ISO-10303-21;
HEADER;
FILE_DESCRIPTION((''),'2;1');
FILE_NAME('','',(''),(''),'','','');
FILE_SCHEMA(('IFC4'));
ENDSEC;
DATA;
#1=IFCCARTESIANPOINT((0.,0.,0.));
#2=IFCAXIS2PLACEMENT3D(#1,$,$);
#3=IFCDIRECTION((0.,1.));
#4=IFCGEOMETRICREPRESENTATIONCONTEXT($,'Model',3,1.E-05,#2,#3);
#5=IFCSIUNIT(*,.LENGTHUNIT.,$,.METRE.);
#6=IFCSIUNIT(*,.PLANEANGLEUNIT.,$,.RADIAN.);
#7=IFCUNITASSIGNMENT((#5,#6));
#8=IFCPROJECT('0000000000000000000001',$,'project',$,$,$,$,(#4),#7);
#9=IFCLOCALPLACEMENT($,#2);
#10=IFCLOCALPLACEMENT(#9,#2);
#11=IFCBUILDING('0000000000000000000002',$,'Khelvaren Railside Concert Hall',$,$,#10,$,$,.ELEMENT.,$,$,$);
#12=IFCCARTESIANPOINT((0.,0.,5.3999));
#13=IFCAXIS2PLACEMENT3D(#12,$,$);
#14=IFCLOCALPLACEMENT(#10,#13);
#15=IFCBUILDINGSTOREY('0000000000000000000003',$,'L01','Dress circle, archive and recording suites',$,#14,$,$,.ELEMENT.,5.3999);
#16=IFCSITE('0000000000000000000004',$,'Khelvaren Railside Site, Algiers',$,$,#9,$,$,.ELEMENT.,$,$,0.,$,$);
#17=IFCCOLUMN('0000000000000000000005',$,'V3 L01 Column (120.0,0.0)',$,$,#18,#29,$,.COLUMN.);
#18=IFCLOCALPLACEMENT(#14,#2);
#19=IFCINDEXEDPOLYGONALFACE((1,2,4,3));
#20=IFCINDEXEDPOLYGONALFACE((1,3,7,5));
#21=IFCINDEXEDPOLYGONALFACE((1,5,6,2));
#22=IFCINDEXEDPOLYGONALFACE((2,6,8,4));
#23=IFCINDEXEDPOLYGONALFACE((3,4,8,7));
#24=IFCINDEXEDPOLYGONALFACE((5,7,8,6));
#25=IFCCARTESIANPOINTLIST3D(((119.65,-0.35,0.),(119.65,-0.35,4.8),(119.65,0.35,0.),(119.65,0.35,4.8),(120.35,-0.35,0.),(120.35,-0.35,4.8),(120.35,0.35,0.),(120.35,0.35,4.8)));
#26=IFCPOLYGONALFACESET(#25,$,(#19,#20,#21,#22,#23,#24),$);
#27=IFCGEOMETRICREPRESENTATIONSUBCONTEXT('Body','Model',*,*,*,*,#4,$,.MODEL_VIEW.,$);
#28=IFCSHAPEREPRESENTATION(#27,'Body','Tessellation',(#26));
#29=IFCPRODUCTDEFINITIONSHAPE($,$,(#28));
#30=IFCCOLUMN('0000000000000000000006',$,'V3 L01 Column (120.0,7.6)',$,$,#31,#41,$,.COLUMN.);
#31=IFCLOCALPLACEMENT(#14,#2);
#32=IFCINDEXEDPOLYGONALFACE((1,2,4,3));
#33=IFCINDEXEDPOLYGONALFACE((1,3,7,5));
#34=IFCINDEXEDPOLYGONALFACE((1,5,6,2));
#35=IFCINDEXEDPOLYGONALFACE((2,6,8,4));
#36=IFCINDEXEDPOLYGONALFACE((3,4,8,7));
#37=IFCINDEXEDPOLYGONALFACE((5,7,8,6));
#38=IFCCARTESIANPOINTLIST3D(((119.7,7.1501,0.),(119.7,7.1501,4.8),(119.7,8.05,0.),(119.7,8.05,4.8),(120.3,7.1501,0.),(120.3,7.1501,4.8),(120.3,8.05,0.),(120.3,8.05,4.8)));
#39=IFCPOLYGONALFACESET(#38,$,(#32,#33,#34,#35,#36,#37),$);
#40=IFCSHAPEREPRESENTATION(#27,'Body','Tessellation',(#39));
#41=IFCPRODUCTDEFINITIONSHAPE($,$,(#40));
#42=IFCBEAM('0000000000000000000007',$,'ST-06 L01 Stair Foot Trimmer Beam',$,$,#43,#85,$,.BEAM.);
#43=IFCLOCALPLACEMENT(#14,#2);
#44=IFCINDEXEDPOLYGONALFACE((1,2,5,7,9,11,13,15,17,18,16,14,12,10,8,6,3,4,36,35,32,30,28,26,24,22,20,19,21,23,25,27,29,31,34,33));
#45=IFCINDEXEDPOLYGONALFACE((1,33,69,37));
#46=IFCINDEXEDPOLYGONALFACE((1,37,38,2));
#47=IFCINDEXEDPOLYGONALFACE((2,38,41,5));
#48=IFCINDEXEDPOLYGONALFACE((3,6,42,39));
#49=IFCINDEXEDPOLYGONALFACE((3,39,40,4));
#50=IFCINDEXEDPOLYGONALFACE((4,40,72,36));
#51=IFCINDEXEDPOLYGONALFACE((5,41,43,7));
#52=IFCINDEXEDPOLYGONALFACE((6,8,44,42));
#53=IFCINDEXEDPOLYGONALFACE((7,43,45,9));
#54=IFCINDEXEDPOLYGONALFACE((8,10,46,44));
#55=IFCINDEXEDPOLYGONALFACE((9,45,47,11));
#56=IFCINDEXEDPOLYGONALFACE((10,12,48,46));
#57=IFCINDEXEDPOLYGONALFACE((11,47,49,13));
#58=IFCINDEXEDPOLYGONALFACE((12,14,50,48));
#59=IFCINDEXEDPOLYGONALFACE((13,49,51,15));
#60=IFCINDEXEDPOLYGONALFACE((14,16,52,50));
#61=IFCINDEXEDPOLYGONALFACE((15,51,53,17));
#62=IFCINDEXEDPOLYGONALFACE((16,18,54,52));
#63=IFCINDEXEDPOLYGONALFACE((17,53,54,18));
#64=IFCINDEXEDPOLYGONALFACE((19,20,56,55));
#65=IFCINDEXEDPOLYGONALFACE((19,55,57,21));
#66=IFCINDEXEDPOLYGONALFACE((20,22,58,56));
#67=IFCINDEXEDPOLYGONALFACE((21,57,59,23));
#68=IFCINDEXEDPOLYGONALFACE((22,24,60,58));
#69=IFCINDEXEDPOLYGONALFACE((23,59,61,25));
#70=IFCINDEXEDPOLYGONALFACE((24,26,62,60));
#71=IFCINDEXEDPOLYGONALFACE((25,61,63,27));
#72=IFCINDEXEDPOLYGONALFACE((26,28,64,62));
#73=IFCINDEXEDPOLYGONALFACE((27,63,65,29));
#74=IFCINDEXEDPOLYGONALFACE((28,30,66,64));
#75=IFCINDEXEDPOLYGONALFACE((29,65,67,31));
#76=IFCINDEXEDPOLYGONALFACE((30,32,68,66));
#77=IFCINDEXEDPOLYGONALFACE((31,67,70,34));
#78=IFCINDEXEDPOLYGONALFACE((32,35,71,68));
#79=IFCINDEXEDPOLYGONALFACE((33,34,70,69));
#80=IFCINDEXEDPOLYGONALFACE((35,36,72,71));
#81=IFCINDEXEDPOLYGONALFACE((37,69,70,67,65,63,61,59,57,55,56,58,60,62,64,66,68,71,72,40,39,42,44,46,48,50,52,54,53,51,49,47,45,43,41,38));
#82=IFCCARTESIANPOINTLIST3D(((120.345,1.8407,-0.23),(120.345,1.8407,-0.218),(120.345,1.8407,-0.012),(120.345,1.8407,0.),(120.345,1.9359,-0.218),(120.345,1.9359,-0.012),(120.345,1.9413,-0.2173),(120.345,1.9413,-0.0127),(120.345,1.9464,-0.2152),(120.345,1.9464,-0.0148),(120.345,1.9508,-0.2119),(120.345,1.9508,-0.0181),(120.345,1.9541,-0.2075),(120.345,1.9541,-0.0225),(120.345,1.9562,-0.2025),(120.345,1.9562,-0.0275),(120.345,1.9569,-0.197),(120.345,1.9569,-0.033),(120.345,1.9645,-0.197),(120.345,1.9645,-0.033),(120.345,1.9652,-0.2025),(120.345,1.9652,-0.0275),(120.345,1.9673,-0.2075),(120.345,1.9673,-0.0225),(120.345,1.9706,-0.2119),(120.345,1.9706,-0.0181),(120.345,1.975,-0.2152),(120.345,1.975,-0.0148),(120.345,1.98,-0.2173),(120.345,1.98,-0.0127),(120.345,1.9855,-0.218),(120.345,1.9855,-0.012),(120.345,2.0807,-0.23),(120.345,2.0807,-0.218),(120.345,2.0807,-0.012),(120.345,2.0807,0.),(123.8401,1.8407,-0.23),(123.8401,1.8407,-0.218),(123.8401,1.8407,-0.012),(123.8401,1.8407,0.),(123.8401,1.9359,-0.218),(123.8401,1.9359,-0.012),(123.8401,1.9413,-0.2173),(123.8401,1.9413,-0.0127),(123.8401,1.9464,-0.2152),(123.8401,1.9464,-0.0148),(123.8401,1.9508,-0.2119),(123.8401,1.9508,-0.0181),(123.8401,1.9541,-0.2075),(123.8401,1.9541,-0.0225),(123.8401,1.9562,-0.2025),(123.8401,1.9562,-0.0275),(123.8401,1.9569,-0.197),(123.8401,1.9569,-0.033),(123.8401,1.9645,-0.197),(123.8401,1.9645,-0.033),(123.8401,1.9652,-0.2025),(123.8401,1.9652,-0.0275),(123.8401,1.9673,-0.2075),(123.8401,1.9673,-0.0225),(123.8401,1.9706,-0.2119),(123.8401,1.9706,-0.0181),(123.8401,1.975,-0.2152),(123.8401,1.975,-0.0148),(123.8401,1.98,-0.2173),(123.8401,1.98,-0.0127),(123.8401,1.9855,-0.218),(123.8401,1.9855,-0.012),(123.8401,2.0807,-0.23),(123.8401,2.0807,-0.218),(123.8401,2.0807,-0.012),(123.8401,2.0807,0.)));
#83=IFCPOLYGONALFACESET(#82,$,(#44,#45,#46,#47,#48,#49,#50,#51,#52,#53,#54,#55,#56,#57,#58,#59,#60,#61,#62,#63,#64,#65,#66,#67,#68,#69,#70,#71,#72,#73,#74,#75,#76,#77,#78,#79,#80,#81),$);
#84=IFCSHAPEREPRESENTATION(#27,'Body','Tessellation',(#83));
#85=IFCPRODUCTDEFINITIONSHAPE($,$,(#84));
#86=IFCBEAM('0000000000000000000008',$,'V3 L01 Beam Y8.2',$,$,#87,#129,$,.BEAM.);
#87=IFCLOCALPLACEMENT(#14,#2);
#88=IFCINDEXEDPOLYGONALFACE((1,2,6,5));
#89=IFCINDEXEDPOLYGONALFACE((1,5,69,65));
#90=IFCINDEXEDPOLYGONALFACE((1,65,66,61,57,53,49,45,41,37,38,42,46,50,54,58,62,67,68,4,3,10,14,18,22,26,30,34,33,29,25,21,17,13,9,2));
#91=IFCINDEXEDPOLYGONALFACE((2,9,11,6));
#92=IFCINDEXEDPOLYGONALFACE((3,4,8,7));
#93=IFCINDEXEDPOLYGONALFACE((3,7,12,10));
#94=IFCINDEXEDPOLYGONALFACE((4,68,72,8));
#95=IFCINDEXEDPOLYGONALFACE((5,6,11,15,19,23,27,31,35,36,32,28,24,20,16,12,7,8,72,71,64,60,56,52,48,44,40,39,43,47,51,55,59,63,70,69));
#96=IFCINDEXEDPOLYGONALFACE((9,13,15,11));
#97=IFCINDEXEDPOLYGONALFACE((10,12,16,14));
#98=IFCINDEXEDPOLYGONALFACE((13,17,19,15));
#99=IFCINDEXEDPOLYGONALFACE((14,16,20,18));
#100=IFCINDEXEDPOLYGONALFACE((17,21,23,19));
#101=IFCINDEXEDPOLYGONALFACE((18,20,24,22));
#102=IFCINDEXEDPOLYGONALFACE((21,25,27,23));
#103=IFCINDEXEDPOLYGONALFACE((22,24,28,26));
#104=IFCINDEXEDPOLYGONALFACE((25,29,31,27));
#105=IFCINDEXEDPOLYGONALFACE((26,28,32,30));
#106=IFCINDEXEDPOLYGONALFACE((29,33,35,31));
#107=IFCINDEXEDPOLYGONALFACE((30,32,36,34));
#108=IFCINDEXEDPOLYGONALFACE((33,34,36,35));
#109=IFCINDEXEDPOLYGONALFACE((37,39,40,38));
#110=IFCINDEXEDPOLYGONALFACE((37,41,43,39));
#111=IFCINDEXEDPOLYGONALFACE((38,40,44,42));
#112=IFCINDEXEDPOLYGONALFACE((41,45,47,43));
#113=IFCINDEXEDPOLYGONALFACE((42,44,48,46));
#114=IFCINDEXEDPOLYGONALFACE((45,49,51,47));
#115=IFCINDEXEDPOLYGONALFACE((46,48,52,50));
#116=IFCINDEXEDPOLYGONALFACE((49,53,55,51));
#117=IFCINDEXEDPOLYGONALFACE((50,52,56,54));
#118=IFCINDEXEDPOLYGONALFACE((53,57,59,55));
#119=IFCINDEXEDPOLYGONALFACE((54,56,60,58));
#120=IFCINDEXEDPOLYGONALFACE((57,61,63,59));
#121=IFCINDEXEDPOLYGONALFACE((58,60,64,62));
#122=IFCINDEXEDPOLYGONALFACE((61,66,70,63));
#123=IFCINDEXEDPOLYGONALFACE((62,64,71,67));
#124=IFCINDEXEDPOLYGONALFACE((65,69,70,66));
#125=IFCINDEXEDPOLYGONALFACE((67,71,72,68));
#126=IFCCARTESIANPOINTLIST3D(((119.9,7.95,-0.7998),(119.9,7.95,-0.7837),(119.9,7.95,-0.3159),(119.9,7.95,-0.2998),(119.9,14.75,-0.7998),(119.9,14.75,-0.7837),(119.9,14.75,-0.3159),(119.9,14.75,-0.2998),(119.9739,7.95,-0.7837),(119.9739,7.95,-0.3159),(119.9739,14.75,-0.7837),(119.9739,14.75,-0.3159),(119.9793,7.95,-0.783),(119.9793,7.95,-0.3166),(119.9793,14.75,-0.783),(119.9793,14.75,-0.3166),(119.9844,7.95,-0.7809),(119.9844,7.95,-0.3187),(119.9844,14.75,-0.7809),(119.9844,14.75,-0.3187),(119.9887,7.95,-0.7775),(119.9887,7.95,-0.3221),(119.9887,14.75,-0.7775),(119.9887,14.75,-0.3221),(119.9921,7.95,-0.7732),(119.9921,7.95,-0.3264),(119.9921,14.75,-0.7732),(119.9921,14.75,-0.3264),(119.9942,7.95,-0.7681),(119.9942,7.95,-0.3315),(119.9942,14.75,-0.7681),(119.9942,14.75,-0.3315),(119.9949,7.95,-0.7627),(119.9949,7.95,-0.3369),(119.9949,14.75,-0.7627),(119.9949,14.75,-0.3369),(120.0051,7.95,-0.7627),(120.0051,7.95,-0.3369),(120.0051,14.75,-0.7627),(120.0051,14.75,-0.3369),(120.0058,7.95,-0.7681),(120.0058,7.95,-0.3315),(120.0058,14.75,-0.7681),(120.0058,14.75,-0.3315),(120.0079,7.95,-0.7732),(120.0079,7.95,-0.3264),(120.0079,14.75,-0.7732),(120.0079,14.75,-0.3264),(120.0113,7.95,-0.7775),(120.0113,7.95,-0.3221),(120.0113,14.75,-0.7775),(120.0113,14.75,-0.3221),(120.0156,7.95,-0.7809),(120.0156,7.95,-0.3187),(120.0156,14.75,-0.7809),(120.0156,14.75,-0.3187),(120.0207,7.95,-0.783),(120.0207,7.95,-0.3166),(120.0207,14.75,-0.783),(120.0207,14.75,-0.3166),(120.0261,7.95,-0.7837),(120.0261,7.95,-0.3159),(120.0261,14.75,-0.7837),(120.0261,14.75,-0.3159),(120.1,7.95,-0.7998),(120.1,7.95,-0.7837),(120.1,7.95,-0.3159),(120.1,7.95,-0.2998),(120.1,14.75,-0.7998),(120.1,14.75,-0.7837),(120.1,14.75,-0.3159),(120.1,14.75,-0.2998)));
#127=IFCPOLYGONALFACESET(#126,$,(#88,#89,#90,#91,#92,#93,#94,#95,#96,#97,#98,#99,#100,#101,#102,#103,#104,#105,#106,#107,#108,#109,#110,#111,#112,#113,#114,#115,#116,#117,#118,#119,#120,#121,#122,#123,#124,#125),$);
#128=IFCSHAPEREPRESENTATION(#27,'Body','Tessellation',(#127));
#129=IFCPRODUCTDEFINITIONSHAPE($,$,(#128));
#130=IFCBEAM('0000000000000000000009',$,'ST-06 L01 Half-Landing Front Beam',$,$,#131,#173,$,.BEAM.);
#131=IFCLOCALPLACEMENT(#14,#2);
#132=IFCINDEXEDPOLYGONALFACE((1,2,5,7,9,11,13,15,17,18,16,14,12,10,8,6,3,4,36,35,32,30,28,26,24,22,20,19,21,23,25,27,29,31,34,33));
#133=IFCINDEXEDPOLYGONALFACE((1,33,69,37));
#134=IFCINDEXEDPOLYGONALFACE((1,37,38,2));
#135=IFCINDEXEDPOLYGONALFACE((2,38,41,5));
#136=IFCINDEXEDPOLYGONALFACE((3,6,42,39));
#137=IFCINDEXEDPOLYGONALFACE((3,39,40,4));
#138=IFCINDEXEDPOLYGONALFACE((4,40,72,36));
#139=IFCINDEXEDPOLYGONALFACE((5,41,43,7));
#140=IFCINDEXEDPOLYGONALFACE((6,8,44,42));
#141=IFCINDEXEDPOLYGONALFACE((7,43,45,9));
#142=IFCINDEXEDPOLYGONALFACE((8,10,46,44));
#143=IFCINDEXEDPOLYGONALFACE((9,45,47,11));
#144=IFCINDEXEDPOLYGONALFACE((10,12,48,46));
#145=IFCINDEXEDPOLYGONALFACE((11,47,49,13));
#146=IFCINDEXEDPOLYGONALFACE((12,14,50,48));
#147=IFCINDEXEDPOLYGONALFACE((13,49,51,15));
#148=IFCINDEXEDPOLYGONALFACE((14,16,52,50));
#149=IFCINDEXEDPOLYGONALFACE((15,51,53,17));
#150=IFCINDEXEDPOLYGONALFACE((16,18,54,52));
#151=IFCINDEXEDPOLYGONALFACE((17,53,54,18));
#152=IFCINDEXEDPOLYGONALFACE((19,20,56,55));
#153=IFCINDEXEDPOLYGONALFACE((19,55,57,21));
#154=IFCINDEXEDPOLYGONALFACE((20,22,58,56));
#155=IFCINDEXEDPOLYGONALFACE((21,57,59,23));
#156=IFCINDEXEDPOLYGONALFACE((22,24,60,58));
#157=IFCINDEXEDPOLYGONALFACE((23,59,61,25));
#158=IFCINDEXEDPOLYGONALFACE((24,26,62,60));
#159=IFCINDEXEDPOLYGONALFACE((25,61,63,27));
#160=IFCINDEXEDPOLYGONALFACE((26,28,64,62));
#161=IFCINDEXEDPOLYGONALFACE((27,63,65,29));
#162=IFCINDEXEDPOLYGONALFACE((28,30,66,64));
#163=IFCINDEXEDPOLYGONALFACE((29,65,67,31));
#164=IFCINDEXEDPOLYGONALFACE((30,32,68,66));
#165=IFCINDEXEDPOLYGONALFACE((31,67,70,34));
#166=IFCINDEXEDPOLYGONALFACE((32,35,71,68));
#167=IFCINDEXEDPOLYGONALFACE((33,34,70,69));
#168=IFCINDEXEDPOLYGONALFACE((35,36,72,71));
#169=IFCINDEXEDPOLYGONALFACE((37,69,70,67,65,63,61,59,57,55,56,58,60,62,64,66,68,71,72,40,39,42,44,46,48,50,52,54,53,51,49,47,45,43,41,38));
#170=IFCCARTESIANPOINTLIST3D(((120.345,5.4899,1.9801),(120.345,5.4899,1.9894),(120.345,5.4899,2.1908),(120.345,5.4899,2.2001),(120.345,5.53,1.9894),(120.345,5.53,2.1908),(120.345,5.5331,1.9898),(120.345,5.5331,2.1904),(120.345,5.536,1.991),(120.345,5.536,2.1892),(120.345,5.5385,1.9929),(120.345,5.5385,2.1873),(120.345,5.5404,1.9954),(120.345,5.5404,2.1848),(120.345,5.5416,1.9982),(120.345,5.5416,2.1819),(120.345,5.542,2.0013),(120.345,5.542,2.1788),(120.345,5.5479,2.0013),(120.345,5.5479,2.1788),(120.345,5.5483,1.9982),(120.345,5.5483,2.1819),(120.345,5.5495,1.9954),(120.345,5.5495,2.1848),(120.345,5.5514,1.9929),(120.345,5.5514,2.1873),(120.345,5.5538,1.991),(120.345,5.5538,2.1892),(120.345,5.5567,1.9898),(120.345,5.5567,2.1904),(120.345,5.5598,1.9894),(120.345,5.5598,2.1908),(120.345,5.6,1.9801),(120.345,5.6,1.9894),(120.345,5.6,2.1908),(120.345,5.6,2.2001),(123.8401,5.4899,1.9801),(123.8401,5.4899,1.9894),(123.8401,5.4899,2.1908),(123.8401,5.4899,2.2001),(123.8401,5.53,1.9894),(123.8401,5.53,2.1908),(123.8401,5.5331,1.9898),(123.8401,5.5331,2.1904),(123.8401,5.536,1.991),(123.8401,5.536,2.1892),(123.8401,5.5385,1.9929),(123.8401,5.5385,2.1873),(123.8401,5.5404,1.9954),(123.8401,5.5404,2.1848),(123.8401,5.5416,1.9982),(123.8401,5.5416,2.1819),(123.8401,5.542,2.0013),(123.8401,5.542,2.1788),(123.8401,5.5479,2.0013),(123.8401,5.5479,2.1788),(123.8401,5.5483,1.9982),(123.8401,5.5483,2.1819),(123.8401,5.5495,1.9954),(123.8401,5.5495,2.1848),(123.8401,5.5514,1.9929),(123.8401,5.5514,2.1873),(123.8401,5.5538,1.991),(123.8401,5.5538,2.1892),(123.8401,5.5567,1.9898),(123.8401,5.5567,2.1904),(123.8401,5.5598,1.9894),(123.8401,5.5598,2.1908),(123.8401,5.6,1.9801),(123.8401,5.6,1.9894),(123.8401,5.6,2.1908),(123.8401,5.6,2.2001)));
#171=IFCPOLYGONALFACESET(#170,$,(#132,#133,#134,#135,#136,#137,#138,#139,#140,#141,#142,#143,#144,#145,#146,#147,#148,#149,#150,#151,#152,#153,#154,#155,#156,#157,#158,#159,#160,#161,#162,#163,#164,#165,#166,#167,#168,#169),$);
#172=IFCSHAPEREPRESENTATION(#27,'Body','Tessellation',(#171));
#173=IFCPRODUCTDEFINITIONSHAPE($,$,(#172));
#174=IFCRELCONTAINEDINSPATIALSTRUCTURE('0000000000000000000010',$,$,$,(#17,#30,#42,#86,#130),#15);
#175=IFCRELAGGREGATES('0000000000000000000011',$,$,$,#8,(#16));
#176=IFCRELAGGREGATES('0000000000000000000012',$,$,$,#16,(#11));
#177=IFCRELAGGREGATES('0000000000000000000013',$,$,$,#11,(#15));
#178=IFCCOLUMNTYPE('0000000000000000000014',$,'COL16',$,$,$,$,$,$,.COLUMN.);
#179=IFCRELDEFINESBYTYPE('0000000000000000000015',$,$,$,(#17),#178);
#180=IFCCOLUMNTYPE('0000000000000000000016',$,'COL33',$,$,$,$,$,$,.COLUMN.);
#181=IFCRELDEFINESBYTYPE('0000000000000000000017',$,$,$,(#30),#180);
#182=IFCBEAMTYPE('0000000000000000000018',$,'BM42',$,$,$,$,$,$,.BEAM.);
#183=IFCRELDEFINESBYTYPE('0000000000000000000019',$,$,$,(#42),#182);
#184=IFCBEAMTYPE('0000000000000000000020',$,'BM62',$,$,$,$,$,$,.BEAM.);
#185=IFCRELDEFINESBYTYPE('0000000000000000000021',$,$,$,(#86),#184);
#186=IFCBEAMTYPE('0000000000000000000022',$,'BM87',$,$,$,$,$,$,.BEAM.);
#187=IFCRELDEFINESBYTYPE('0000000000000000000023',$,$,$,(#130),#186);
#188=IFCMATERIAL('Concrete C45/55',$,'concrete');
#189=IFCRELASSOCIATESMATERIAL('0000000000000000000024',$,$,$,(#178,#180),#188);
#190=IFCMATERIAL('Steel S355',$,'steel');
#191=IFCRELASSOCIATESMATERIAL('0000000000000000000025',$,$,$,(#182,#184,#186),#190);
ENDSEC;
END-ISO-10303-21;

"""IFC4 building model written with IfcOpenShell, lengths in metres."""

from ifc_helpers import new_model, si_unit, direction, frame, origin, origin_2d, place, context, subcontext, project, spatial, rectangle, i_section, extrude, material, material_profile, profile_set, type_object, element, save


model = new_model("IFC4")

# Units and contexts
model_context = context("Model", 3, precision=1e-05, world=origin(), true_north=direction((0.0, 1.0)))
body_context = subcontext(model_context, "Body", "Model", "MODEL_VIEW")
ifc_project = project(units=[si_unit("LENGTHUNIT", "METRE"), si_unit("PLANEANGLEUNIT", "RADIAN")], contexts=[model_context])

# Site, building, storey
site_placement = place(None, origin())
site = spatial("IfcSite", under=ifc_project, at=site_placement, Name="Khelvaren Railside Site, Algiers", CompositionType="ELEMENT", RefElevation=0.0)
building_placement = place(site_placement, origin())
building = spatial("IfcBuilding", under=site, at=building_placement, Name="Khelvaren Railside Concert Hall", CompositionType="ELEMENT")
storey_placement = place(building_placement, frame((0.0, 0.0, 5.3999)))
storey = spatial("IfcBuildingStorey", under=building, at=storey_placement, Name="L01", Description="Dress circle, archive and recording suites", CompositionType="ELEMENT", Elevation=5.3999)

# Columns
ifc_material_1 = material(Name="Concrete C45/55", Category="concrete")
ifc_material_profile_1 = material_profile(ifc_material_1, rectangle(XDim=0.7, YDim=0.7, at=origin_2d()), Name="RC 700x700")
ifc_profile_set_1 = profile_set([ifc_material_profile_1], Name="Concrete C45/55")
column_type_1 = type_object("IfcColumnType", Name="COL16", PredefinedType="COLUMN", material=ifc_profile_set_1)
column_1_placement = place(storey_placement, frame((120.0, 0.0, 0.0), z_axis=(0.0, 0.0, 1.0), x_axis=(1.0, 0.0, 0.0)))
element("IfcColumn", 1, at=column_1_placement, inside=storey, type_object=column_type_1, Name="V3 L01 Column (120.0,0.0)", PredefinedType="COLUMN", context=body_context, shape_type="SweptSolid", body=[
    extrude(rectangle(XDim=0.7, YDim=0.7, at=origin_2d()), origin(), (0.0, 0.0, 1.0), 4.8),
])
ifc_material_profile_2 = material_profile(ifc_material_1, rectangle(XDim=0.6001, YDim=0.8999, at=origin_2d()), Name="RC 600x900")
ifc_profile_set_2 = profile_set([ifc_material_profile_2], Name="Concrete C45/55")
column_type_2 = type_object("IfcColumnType", Name="COL33", PredefinedType="COLUMN", material=ifc_profile_set_2)
column_2_placement = place(storey_placement, frame((120.0, 7.6001, 0.0), z_axis=(0.0, 0.0, 1.0), x_axis=(1.0, 0.0, 0.0)))
element("IfcColumn", 2, at=column_2_placement, inside=storey, type_object=column_type_2, Name="V3 L01 Column (120.0,7.6)", PredefinedType="COLUMN", context=body_context, shape_type="SweptSolid", body=[
    extrude(rectangle(XDim=0.6001, YDim=0.8999, at=origin_2d()), origin(), (0.0, 0.0, 1.0), 4.8),
])

# Beams
ifc_material_2 = material(Name="Steel S355", Category="steel")
ifc_material_profile_3 = material_profile(ifc_material_2, i_section(OverallWidth=0.24, OverallDepth=0.23, WebThickness=0.0076, FlangeThickness=0.012, FilletRadius=0.021, at=origin_2d()), Name="HEA 240")
ifc_profile_set_3 = profile_set([ifc_material_profile_3], Name="Steel S355")
beam_type_1 = type_object("IfcBeamType", Name="BM42", PredefinedType="BEAM", material=ifc_profile_set_3)
beam_1_placement = place(storey_placement, frame((120.345, 1.9607, -0.115), z_axis=(1.0, 0.0, 0.0), x_axis=(0.0, 1.0, 0.0)))
element("IfcBeam", 3, at=beam_1_placement, inside=storey, type_object=beam_type_1, Name="ST-06 L01 Stair Foot Trimmer Beam", PredefinedType="BEAM", context=body_context, shape_type="SweptSolid", body=[
    extrude(i_section(OverallWidth=0.24, OverallDepth=0.23, WebThickness=0.0076, FlangeThickness=0.012, FilletRadius=0.021, at=origin_2d()), origin(), (0.0, 0.0, 1.0), 3.4951),
])
ifc_material_profile_4 = material_profile(ifc_material_2, i_section(OverallWidth=0.2, OverallDepth=0.5, WebThickness=0.0103, FlangeThickness=0.0161, FilletRadius=0.021, at=origin_2d()), Name="IPE 500")
ifc_profile_set_4 = profile_set([ifc_material_profile_4], Name="Steel S355")
beam_type_2 = type_object("IfcBeamType", Name="BM62", PredefinedType="BEAM", material=ifc_profile_set_4)
beam_2_placement = place(storey_placement, frame((120.0, 7.95, -0.5498), z_axis=(0.0, 1.0, 0.0), x_axis=(-1.0, 0.0, 0.0)))
element("IfcBeam", 4, at=beam_2_placement, inside=storey, type_object=beam_type_2, Name="V3 L01 Beam Y8.2", PredefinedType="BEAM", context=body_context, shape_type="SweptSolid", body=[
    extrude(i_section(OverallWidth=0.2, OverallDepth=0.5, WebThickness=0.0103, FlangeThickness=0.0161, FilletRadius=0.021, at=origin_2d()), origin(), (0.0, 0.0, 1.0), 6.8),
])
ifc_material_profile_5 = material_profile(ifc_material_2, i_section(OverallWidth=0.1101, OverallDepth=0.22, WebThickness=0.0059, FlangeThickness=0.0093, FilletRadius=0.012, at=origin_2d()), Name="IPE 220")
ifc_profile_set_5 = profile_set([ifc_material_profile_5], Name="Steel S355")
beam_type_3 = type_object("IfcBeamType", Name="BM87", PredefinedType="BEAM", material=ifc_profile_set_5)
for number, where, z_axis, x_axis, name in (
    (5, (120.345, 5.5449, 2.0901), (1.0, 0.0, 0.0), (0.0, 1.0, 0.0), "ST-06 L01 Half-Landing Front Beam"),
):
    element("IfcBeam", number, at=place(storey_placement, frame(where, z_axis=z_axis, x_axis=x_axis)), inside=storey, type_object=beam_type_3, Name=name, PredefinedType="BEAM", context=body_context, shape_type="SweptSolid", body=[
        extrude(i_section(OverallWidth=0.1101, OverallDepth=0.22, WebThickness=0.0059, FlangeThickness=0.0093, FilletRadius=0.012, at=origin_2d()), origin(), (0.0, 0.0, 1.0), 3.4951),
    ])

save(model, "model.ifc")
